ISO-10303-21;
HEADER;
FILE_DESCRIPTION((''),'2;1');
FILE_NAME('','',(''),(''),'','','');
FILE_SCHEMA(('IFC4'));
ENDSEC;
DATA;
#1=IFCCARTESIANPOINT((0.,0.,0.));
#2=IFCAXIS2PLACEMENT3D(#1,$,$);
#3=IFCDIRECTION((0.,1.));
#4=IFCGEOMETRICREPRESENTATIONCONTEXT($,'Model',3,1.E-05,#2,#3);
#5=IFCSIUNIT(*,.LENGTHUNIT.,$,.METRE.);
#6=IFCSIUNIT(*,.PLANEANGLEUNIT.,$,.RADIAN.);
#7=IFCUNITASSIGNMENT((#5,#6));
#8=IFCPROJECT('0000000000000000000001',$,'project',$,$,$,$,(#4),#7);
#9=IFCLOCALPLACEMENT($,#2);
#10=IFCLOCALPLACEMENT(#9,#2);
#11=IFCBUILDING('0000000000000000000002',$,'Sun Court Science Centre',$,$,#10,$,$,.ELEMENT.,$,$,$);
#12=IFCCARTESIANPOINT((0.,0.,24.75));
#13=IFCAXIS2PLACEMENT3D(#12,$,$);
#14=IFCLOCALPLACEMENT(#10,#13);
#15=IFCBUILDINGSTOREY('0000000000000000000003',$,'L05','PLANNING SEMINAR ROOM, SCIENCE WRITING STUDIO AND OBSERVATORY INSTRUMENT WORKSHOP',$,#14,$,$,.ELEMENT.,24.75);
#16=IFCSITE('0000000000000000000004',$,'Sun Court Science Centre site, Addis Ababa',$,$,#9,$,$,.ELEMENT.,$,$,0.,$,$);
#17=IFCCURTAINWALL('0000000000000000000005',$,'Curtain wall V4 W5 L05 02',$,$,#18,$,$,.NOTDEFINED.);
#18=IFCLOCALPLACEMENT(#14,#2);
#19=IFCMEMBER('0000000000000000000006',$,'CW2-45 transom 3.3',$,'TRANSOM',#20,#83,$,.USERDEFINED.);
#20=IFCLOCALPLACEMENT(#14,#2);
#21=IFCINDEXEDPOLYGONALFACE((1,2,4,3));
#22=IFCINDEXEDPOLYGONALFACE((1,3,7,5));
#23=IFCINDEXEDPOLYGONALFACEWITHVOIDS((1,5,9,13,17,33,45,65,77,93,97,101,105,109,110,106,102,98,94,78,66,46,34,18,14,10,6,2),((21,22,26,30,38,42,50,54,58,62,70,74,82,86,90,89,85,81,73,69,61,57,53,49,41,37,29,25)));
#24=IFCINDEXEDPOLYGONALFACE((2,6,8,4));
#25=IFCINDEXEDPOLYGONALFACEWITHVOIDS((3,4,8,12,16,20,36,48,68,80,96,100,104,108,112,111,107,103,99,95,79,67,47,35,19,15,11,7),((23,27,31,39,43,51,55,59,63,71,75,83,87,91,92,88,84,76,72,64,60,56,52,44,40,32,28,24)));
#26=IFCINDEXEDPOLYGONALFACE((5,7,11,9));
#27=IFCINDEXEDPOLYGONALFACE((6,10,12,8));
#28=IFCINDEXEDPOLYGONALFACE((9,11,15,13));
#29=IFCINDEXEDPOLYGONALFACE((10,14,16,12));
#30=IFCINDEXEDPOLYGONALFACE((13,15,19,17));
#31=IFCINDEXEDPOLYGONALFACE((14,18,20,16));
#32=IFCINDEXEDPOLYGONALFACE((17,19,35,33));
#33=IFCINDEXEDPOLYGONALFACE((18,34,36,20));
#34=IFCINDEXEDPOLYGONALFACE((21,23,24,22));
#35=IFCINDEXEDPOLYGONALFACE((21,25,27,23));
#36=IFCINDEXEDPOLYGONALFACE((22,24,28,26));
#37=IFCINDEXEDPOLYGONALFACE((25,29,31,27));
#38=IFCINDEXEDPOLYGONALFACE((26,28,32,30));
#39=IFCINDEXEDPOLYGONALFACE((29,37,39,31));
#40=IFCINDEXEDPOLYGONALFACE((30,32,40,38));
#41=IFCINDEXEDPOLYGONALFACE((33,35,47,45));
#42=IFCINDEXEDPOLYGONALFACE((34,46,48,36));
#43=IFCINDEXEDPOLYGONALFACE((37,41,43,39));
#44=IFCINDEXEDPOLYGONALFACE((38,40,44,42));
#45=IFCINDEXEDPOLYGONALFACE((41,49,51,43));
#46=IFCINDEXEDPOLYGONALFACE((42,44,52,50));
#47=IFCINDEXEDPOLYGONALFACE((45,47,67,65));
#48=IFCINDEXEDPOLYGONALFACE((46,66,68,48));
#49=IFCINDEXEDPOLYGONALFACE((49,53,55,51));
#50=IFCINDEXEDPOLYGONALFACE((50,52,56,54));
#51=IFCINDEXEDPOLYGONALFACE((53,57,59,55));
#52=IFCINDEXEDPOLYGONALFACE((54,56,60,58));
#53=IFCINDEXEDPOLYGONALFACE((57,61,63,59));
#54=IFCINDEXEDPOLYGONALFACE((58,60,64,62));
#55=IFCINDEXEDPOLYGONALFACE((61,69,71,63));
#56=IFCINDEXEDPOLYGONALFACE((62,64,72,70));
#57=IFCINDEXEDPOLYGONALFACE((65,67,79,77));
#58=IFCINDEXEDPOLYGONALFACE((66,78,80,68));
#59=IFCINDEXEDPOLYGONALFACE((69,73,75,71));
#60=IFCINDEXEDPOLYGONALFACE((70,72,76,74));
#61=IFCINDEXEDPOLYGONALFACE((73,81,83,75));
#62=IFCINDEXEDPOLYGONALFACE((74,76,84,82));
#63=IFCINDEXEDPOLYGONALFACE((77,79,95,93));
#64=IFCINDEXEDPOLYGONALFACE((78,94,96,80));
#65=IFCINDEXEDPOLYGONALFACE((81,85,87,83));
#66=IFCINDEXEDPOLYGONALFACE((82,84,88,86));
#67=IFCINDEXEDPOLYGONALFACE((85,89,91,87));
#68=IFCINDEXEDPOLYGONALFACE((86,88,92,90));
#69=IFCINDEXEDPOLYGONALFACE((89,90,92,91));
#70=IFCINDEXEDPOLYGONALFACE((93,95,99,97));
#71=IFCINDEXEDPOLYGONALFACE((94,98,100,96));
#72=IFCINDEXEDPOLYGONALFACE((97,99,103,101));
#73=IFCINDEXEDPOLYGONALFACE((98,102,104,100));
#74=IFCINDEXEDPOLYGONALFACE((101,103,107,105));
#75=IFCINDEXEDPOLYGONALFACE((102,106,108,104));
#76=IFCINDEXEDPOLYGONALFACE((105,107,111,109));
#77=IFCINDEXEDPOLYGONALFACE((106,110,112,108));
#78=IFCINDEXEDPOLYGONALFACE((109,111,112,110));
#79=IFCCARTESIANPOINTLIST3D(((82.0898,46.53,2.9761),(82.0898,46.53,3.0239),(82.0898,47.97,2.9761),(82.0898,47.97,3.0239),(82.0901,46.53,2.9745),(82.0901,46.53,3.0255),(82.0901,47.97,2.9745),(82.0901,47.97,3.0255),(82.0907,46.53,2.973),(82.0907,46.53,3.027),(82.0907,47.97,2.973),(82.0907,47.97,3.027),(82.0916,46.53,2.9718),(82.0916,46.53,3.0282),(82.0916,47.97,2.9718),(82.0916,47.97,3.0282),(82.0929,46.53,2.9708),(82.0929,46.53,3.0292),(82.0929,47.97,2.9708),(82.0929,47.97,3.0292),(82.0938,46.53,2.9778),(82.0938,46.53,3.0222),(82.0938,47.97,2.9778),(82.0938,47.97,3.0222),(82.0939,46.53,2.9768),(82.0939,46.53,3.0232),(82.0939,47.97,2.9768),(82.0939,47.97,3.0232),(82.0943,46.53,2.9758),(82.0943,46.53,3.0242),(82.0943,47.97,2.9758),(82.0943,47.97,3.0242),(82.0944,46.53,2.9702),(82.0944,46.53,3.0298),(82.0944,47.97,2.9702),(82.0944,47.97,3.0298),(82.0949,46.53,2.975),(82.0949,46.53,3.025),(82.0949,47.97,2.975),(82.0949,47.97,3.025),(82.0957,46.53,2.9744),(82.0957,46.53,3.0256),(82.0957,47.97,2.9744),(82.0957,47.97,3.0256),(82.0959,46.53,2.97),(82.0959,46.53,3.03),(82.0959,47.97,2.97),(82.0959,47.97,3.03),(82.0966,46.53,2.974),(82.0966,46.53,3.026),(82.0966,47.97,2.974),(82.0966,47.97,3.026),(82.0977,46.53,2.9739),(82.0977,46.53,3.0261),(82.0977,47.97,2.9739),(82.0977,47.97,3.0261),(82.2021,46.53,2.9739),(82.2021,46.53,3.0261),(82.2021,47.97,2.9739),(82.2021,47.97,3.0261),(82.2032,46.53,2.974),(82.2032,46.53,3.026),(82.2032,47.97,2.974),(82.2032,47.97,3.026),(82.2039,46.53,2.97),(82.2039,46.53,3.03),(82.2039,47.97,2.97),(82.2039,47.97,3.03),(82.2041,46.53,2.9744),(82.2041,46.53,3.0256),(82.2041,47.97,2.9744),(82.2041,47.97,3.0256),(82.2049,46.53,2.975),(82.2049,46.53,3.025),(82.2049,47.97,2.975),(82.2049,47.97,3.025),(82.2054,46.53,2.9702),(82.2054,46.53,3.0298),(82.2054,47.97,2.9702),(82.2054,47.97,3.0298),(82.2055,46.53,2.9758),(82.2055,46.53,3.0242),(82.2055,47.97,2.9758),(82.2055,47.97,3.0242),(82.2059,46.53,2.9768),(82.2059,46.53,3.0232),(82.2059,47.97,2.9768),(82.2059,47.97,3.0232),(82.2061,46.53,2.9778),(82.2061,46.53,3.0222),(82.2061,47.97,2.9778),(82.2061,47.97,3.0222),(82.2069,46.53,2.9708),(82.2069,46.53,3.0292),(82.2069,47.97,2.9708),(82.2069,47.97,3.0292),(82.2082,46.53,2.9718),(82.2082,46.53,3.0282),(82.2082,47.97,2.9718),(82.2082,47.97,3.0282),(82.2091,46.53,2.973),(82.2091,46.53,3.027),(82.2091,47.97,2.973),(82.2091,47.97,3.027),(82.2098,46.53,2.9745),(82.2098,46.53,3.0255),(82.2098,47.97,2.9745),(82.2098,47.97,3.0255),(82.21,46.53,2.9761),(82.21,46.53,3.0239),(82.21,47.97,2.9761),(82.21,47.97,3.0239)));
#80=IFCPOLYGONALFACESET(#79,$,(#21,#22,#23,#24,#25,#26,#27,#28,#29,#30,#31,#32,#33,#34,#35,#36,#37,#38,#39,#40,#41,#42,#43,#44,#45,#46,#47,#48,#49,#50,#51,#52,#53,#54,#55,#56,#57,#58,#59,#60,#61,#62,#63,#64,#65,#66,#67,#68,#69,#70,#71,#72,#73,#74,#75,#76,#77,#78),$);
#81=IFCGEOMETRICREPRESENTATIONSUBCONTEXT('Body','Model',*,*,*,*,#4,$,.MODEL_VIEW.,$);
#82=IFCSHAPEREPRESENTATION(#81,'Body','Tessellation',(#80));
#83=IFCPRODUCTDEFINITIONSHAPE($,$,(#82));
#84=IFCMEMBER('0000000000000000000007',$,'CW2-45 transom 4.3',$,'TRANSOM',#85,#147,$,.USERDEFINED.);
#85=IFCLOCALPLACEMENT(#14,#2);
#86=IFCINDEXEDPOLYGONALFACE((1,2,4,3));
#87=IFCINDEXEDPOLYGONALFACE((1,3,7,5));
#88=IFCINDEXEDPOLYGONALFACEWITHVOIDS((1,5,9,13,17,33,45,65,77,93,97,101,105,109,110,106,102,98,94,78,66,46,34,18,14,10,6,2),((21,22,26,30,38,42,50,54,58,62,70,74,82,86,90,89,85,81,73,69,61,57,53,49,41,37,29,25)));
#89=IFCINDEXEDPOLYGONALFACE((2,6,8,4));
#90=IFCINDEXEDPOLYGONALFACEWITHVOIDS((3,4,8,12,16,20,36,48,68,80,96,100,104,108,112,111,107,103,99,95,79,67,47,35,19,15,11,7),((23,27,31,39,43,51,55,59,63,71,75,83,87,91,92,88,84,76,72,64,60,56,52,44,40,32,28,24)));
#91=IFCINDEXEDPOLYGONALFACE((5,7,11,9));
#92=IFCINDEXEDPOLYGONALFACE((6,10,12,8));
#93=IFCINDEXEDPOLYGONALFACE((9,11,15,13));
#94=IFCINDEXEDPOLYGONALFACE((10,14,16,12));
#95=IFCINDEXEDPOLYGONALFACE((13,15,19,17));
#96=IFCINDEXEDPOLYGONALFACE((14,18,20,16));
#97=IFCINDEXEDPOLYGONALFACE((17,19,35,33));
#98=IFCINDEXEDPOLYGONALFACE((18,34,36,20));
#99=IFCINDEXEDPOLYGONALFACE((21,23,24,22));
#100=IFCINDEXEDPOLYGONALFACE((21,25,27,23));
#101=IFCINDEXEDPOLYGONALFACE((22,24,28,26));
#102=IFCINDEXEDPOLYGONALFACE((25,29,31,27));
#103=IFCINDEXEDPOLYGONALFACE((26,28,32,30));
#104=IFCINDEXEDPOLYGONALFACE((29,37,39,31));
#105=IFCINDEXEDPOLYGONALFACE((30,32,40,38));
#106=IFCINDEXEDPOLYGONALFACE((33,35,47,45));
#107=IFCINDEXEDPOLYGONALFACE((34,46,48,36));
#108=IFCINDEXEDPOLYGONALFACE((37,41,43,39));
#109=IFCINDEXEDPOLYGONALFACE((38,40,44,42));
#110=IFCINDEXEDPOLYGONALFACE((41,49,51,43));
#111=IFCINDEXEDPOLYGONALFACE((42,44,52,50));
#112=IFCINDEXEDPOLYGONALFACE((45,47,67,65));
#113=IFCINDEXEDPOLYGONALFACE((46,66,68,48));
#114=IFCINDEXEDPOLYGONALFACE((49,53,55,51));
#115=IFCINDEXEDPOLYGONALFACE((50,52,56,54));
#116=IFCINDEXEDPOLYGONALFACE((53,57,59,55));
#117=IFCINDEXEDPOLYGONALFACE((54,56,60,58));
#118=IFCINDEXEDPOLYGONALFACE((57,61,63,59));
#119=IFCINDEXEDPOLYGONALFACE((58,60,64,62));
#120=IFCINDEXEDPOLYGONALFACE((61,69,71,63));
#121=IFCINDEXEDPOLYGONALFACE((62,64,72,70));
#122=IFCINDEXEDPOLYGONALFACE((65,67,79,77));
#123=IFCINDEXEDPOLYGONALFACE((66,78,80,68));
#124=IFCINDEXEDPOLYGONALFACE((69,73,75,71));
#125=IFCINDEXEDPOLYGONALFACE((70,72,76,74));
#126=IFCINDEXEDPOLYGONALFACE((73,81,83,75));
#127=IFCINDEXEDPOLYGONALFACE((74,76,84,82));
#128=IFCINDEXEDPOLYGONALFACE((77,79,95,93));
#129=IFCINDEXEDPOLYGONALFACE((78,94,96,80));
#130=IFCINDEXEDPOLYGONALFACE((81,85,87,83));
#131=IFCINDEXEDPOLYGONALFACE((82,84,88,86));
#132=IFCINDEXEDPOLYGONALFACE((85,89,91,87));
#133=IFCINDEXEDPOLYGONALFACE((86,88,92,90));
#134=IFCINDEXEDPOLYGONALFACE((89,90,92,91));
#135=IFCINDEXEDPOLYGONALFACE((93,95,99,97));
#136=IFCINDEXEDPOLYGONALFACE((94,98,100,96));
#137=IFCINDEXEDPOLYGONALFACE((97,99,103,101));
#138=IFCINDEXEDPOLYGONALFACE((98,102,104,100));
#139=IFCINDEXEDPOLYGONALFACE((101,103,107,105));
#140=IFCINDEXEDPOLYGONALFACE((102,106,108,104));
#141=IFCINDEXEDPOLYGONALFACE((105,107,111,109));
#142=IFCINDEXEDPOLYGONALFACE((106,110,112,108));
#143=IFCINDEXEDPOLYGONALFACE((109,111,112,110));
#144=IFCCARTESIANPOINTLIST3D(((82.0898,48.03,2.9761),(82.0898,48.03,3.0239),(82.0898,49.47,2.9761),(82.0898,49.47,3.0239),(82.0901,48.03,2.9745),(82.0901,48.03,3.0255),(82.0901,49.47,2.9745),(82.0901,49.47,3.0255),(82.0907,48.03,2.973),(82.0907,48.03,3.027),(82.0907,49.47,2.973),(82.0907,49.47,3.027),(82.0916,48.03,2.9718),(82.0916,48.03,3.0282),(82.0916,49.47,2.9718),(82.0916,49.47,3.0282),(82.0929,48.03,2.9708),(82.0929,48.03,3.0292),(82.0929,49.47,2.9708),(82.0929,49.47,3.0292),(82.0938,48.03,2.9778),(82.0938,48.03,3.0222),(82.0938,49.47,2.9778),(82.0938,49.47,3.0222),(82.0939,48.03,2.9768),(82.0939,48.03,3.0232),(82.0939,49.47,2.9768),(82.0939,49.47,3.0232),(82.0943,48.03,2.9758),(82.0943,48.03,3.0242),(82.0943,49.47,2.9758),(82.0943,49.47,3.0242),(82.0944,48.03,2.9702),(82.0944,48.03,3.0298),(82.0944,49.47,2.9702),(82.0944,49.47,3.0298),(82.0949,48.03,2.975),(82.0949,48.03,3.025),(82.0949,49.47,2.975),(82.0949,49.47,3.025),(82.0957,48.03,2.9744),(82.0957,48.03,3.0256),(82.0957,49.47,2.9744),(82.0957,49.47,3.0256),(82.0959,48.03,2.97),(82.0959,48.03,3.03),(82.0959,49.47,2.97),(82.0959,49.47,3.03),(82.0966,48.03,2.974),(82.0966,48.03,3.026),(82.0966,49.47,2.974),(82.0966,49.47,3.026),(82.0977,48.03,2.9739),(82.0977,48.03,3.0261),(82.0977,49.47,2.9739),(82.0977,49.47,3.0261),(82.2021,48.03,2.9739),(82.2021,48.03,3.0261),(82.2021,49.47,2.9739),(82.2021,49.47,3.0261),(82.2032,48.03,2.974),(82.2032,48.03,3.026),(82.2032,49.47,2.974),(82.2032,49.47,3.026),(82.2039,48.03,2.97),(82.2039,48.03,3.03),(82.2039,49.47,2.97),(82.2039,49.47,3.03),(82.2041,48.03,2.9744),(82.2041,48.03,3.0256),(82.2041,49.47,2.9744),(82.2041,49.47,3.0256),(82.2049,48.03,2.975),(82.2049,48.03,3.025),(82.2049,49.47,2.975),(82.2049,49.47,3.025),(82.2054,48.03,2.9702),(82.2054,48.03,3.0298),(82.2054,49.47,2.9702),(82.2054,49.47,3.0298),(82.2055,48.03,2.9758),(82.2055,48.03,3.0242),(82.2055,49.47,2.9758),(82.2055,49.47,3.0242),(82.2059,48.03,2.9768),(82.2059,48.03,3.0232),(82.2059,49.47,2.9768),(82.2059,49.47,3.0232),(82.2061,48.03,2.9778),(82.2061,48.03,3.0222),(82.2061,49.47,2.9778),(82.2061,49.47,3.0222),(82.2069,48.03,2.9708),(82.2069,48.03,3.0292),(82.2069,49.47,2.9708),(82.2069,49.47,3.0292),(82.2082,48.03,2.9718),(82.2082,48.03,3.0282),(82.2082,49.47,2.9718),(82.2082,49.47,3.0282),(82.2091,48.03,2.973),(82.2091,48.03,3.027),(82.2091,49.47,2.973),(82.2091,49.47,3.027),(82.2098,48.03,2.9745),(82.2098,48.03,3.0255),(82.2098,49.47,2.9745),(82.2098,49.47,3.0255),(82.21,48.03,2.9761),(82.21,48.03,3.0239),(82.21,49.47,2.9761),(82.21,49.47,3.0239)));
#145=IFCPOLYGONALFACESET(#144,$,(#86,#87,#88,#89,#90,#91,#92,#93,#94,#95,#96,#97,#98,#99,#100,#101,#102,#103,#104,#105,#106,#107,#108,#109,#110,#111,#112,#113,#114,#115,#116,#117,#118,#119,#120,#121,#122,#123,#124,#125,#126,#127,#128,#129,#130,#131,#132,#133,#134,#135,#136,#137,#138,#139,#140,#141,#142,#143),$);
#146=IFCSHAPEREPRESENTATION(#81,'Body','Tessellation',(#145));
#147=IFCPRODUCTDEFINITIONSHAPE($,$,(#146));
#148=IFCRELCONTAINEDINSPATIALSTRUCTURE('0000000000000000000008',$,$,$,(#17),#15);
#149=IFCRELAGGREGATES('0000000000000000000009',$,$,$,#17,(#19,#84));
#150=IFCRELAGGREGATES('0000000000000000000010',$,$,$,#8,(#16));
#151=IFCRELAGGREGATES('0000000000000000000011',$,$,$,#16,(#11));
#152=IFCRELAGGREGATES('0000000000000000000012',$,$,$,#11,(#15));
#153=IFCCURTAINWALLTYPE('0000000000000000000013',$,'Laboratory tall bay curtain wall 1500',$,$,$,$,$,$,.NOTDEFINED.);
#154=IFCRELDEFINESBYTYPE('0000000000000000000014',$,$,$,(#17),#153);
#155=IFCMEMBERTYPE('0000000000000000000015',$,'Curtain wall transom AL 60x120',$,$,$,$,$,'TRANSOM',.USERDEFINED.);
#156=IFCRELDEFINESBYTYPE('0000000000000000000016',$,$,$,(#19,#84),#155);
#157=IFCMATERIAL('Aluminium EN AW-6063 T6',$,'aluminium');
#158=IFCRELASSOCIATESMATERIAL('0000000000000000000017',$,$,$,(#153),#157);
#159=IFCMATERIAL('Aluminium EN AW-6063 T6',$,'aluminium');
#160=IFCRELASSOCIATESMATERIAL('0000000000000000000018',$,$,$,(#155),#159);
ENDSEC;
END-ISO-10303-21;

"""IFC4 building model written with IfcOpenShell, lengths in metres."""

from ifc_helpers import new_model, si_unit, direction, frame, origin, origin_2d, place, context, subcontext, project, spatial, hollow_rectangle, extrude, material, material_profile, profile_set, type_object, element, aggregate, save


model = new_model("IFC4")

# Units and contexts
model_context = context("Model", 3, precision=1e-05, world=origin(), true_north=direction((0.0, 1.0)))
body_context = subcontext(model_context, "Body", "Model", "MODEL_VIEW")
ifc_project = project(units=[si_unit("LENGTHUNIT", "METRE"), si_unit("PLANEANGLEUNIT", "RADIAN")], contexts=[model_context])

# Site, building, storey
site_placement = place(None, origin())
site = spatial("IfcSite", under=ifc_project, at=site_placement, Name="Sun Court Science Centre site, Addis Ababa", CompositionType="ELEMENT", RefElevation=0.0)
building_placement = place(site_placement, origin())
building = spatial("IfcBuilding", under=site, at=building_placement, Name="Sun Court Science Centre", CompositionType="ELEMENT")
storey_placement = place(building_placement, frame((0.0, 0.0, 24.75)))
storey = spatial("IfcBuildingStorey", under=building, at=storey_placement, Name="L05", Description="PLANNING SEMINAR ROOM, SCIENCE WRITING STUDIO AND OBSERVATORY INSTRUMENT WORKSHOP", CompositionType="ELEMENT", Elevation=24.75)

# Curtain wall, members
ifc_material_1 = material(Name="Aluminium EN AW-6063 T6", Category="aluminium")
curtain_wall_type = type_object("IfcCurtainWallType", Name="Laboratory tall bay curtain wall 1500", PredefinedType="NOTDEFINED", material=ifc_material_1)
curtain_wall_placement = place(storey_placement, origin())
curtain_wall = element("IfcCurtainWall", 1, at=curtain_wall_placement, inside=storey, type_object=curtain_wall_type, Name="Curtain wall V4 W5 L05 02", PredefinedType="NOTDEFINED")
ifc_material_2 = material(Name="Aluminium EN AW-6063 T6", Category="aluminium")
ifc_material_profile_1 = material_profile(ifc_material_2, hollow_rectangle(XDim=0.0601, YDim=0.1201, WallThickness=0.0039, InnerFilletRadius=0.0039, OuterFilletRadius=0.0061, at=origin_2d()), Name="AL 60x120x4")
ifc_profile_set_1 = profile_set([ifc_material_profile_1], Name="Aluminium EN AW-6063 T6")
member_type_1 = type_object("IfcMemberType", Name="Curtain wall transom AL 60x120", ElementType="TRANSOM", PredefinedType="USERDEFINED", material=ifc_profile_set_1)
member_1_placement = place(storey_placement, frame((82.1499, 46.53, 3.0), z_axis=(0.0, 1.0, 0.0), x_axis=(0.0, 0.0, 1.0)))
member_1 = element("IfcMember", 2, at=member_1_placement, type_object=member_type_1, Name="CW2-45 transom 3.3", ObjectType="TRANSOM", PredefinedType="USERDEFINED", context=body_context, shape_type="SweptSolid", body=[
    extrude(hollow_rectangle(XDim=0.0601, YDim=0.1201, WallThickness=0.0039, InnerFilletRadius=0.0039, OuterFilletRadius=0.0061, at=origin_2d()), origin(), (0.0, 0.0, 1.0), 1.4399),
])
member_2_placement = place(storey_placement, frame((82.1499, 48.03, 3.0), z_axis=(0.0, 1.0, 0.0), x_axis=(0.0, 0.0, 1.0)))
member_2 = element("IfcMember", 3, at=member_2_placement, type_object=member_type_1, Name="CW2-45 transom 4.3", ObjectType="TRANSOM", PredefinedType="USERDEFINED", context=body_context, shape_type="SweptSolid", body=[
    extrude(hollow_rectangle(XDim=0.0601, YDim=0.1201, WallThickness=0.0039, InnerFilletRadius=0.0039, OuterFilletRadius=0.0061, at=origin_2d()), origin(), (0.0, 0.0, 1.0), 1.4399),
])

aggregate(curtain_wall, [member_1, member_2])

save(model, "model.ifc")
